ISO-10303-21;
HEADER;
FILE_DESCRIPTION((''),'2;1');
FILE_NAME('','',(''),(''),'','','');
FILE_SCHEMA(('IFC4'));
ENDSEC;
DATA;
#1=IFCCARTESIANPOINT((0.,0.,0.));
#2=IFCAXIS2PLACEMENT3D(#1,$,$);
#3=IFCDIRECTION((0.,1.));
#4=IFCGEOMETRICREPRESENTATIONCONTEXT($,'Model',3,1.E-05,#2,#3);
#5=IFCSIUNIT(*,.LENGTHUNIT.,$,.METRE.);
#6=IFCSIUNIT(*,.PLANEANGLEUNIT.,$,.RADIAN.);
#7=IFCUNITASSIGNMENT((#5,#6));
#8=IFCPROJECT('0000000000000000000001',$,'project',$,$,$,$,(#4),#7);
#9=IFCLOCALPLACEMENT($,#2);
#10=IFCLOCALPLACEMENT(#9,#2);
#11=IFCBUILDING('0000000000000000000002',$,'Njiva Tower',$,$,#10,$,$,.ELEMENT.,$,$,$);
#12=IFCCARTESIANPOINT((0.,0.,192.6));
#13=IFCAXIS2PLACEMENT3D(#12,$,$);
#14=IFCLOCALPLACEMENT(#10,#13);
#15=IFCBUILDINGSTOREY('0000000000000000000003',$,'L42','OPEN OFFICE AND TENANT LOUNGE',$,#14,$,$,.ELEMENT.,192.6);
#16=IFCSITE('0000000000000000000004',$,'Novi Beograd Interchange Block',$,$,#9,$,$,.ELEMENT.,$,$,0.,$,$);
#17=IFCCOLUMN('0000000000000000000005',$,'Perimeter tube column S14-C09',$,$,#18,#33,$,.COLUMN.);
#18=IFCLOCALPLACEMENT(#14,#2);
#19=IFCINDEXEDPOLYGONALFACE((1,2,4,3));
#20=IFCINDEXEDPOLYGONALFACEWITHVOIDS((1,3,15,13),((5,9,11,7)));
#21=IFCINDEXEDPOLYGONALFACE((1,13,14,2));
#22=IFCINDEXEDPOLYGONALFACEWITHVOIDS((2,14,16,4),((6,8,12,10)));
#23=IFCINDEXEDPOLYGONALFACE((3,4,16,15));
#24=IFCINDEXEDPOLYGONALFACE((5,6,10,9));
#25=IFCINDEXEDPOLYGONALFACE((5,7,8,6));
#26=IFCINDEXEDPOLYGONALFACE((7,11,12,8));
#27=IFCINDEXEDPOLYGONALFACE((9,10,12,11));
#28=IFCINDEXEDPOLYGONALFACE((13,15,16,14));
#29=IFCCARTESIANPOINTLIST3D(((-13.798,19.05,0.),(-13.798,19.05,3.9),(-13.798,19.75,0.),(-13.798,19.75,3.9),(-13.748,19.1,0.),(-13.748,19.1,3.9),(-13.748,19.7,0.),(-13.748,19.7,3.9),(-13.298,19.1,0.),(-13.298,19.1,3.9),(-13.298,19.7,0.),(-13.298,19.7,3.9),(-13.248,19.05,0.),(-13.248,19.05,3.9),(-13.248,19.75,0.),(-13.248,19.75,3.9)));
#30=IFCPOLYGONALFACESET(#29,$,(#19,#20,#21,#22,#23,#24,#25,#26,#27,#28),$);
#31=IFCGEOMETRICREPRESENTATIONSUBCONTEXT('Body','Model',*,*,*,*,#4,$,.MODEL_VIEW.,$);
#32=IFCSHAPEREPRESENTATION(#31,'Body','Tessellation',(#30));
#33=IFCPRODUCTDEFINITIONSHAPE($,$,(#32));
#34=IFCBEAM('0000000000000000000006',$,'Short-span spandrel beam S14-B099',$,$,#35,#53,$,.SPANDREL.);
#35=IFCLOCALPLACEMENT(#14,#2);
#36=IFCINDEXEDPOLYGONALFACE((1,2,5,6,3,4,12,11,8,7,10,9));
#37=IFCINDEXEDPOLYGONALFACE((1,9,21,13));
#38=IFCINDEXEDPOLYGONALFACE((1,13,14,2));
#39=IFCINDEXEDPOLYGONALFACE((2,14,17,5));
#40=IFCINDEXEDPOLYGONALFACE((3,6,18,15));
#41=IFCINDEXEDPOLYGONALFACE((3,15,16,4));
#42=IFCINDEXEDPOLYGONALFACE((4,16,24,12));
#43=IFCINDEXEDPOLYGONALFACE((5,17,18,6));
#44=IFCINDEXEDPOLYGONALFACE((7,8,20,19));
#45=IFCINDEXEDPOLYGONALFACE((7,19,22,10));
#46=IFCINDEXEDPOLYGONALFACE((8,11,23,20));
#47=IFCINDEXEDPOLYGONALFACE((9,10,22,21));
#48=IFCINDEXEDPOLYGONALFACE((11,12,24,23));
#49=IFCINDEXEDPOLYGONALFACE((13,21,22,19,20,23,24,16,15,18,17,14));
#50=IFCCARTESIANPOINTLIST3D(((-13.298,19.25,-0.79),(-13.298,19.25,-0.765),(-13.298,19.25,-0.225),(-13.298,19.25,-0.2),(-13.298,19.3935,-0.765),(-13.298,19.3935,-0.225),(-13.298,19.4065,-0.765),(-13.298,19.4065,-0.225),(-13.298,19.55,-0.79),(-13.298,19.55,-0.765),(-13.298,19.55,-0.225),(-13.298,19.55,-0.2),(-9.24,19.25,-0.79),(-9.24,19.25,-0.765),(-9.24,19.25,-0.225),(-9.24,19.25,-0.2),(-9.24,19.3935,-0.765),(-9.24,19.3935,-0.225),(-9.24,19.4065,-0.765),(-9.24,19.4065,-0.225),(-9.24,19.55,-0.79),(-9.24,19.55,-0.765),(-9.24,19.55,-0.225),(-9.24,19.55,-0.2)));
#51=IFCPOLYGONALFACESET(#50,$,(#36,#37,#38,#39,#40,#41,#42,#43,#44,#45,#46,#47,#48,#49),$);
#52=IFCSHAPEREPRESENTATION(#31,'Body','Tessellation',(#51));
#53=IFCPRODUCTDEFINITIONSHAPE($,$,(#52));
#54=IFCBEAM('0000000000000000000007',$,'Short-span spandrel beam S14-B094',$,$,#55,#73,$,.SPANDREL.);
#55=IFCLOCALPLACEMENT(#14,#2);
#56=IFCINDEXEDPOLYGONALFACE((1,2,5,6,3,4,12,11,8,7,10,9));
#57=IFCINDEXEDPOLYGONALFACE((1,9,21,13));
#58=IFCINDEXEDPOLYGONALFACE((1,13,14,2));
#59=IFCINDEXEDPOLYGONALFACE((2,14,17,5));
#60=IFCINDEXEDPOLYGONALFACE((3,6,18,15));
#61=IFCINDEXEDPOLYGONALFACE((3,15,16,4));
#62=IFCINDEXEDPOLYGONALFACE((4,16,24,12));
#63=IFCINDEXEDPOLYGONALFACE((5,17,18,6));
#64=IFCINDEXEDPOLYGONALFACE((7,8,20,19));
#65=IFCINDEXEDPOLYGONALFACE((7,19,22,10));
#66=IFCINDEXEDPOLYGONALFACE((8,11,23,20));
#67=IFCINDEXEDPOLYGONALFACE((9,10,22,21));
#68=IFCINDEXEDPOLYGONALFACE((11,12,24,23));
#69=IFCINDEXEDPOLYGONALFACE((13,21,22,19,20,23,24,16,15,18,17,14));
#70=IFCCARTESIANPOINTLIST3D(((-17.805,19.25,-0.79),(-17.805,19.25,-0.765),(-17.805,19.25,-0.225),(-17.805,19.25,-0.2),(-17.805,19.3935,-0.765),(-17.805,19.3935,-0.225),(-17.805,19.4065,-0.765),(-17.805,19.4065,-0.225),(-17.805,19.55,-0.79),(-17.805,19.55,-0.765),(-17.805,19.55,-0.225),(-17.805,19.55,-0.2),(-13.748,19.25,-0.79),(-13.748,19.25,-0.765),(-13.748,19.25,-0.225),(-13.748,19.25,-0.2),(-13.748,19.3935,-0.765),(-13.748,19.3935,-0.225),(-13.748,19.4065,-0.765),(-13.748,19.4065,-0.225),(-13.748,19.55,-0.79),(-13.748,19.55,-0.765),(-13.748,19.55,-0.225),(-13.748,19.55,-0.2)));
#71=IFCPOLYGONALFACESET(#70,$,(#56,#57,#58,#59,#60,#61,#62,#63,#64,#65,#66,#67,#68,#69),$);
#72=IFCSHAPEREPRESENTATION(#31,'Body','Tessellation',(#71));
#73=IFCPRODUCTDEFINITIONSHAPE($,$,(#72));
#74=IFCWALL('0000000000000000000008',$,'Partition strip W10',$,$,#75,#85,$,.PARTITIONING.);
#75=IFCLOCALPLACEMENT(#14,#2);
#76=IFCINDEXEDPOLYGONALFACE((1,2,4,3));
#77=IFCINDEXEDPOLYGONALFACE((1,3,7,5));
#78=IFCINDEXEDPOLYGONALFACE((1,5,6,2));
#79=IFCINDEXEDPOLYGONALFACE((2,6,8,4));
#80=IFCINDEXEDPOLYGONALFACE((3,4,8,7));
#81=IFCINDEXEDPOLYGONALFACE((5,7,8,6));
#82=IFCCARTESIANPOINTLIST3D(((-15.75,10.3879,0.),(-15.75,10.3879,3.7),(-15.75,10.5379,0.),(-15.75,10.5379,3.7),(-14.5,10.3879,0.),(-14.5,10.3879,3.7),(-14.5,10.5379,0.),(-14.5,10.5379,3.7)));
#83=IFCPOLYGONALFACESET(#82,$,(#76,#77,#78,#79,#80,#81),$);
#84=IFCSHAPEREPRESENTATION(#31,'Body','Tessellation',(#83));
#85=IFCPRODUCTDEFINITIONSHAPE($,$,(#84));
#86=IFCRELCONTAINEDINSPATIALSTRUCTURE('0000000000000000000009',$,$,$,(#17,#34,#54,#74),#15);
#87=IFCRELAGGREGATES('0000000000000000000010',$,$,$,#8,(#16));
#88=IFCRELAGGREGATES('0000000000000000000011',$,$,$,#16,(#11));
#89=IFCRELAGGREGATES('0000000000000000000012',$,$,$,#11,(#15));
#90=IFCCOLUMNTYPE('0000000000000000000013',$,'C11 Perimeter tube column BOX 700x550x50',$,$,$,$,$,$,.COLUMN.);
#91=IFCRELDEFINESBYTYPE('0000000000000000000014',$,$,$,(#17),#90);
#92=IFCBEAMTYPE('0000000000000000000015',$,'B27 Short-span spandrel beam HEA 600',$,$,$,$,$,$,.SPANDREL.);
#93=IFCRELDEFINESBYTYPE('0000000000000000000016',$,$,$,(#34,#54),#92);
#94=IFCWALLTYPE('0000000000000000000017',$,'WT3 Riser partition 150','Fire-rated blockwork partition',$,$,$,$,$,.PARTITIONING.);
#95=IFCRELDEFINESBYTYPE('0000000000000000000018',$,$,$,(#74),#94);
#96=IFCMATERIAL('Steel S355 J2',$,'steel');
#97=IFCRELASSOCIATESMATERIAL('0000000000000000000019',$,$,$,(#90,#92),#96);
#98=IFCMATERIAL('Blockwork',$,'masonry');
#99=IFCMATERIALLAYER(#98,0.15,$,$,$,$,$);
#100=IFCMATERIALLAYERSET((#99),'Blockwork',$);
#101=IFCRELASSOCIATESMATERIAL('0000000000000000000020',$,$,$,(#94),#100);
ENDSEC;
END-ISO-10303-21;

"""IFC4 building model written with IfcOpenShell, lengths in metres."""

from ifc_helpers import new_model, si_unit, direction, frame, frame_2d, origin, origin_2d, place, context, subcontext, project, spatial, rectangle, hollow_rectangle, i_section, extrude, material, layer, layer_set, material_profile, profile_set, type_object, element, save


model = new_model("IFC4")

# Units and contexts
model_context = context("Model", 3, precision=1e-05, world=origin(), true_north=direction((0.0, 1.0)))
body_context = subcontext(model_context, "Body", "Model", "MODEL_VIEW")
ifc_project = project(units=[si_unit("LENGTHUNIT", "METRE"), si_unit("PLANEANGLEUNIT", "RADIAN")], contexts=[model_context])

# Site, building, storey
site_placement = place(None, origin())
site = spatial("IfcSite", under=ifc_project, at=site_placement, Name="Novi Beograd Interchange Block", CompositionType="ELEMENT", RefElevation=0.0)
building_placement = place(site_placement, origin())
building = spatial("IfcBuilding", under=site, at=building_placement, Name="Njiva Tower", CompositionType="ELEMENT")
storey_placement = place(building_placement, frame((0.0, 0.0, 192.6)))
storey = spatial("IfcBuildingStorey", under=building, at=storey_placement, Name="L42", Description="OPEN OFFICE AND TENANT LOUNGE", CompositionType="ELEMENT", Elevation=192.6)

# Column
ifc_material_1 = material(Name="Steel S355 J2", Category="steel")
ifc_material_profile_1 = material_profile(ifc_material_1, hollow_rectangle(XDim=0.55, YDim=0.7, WallThickness=0.05, at=origin_2d()), Name="BOX 700x550x50")
ifc_profile_set_1 = profile_set([ifc_material_profile_1], Name="Steel S355 J2")
column_type = type_object("IfcColumnType", Name="C11 Perimeter tube column BOX 700x550x50", PredefinedType="COLUMN", material=ifc_profile_set_1)
column_placement = place(storey_placement, frame((-13.523, 19.4, 0.0), z_axis=(0.0, 0.0, 1.0), x_axis=(-1.0, 0.0, 0.0)))
element("IfcColumn", 1, at=column_placement, inside=storey, type_object=column_type, Name="Perimeter tube column S14-C09", PredefinedType="COLUMN", context=body_context, shape_type="SweptSolid", body=[
    extrude(hollow_rectangle(XDim=0.55, YDim=0.7, WallThickness=0.05, at=origin_2d()), origin(), (0.0, 0.0, 1.0), 3.9),
])

# Beams
ifc_material_profile_2 = material_profile(ifc_material_1, i_section(OverallWidth=0.3, OverallDepth=0.59, WebThickness=0.013, FlangeThickness=0.025, at=origin_2d()), Name="HEA 600")
ifc_profile_set_2 = profile_set([ifc_material_profile_2], Name="Steel S355 J2")
beam_type = type_object("IfcBeamType", Name="B27 Short-span spandrel beam HEA 600", PredefinedType="SPANDREL", material=ifc_profile_set_2)
beam_1_placement = place(storey_placement, frame((-9.24, 19.4, -0.495), z_axis=(-1.0, 0.0, 0.0), x_axis=(0.0, -1.0, 0.0)))
element("IfcBeam", 2, at=beam_1_placement, inside=storey, type_object=beam_type, Name="Short-span spandrel beam S14-B099", PredefinedType="SPANDREL", context=body_context, shape_type="SweptSolid", body=[
    extrude(i_section(OverallWidth=0.3, OverallDepth=0.59, WebThickness=0.013, FlangeThickness=0.025, at=origin_2d()), origin(), (0.0, 0.0, 1.0), 4.058),
])
beam_2_placement = place(storey_placement, frame((-13.748, 19.4, -0.495), z_axis=(-1.0, 0.0, 0.0), x_axis=(0.0, -1.0, 0.0)))
element("IfcBeam", 3, at=beam_2_placement, inside=storey, type_object=beam_type, Name="Short-span spandrel beam S14-B094", PredefinedType="SPANDREL", context=body_context, shape_type="SweptSolid", body=[
    extrude(i_section(OverallWidth=0.3, OverallDepth=0.59, WebThickness=0.013, FlangeThickness=0.025, at=origin_2d()), origin(), (0.0, 0.0, 1.0), 4.057),
])

# Wall
ifc_material_2 = material(Name="Blockwork", Category="masonry")
ifc_layer_1 = layer(ifc_material_2, 0.15)
ifc_layer_set_1 = layer_set([ifc_layer_1], Name="Blockwork")
wall_type_1 = type_object("IfcWallType", Name="WT3 Riser partition 150", Description="Fire-rated blockwork partition", PredefinedType="PARTITIONING", material=ifc_layer_set_1)
wall_1_placement = place(storey_placement, frame((-15.75, 10.4629, 0.0), z_axis=(0.0, 0.0, 1.0), x_axis=(1.0, 0.0, 0.0)))
element("IfcWall", 4, at=wall_1_placement, inside=storey, type_object=wall_type_1, Name="Partition strip W10", PredefinedType="PARTITIONING", context=body_context, shape_type="SweptSolid", body=[
    extrude(rectangle(XDim=1.25, YDim=0.15, at=frame_2d((0.625, 0.0))), origin(), (0.0, 0.0, 1.0), 3.7),
])

save(model, "model.ifc")
